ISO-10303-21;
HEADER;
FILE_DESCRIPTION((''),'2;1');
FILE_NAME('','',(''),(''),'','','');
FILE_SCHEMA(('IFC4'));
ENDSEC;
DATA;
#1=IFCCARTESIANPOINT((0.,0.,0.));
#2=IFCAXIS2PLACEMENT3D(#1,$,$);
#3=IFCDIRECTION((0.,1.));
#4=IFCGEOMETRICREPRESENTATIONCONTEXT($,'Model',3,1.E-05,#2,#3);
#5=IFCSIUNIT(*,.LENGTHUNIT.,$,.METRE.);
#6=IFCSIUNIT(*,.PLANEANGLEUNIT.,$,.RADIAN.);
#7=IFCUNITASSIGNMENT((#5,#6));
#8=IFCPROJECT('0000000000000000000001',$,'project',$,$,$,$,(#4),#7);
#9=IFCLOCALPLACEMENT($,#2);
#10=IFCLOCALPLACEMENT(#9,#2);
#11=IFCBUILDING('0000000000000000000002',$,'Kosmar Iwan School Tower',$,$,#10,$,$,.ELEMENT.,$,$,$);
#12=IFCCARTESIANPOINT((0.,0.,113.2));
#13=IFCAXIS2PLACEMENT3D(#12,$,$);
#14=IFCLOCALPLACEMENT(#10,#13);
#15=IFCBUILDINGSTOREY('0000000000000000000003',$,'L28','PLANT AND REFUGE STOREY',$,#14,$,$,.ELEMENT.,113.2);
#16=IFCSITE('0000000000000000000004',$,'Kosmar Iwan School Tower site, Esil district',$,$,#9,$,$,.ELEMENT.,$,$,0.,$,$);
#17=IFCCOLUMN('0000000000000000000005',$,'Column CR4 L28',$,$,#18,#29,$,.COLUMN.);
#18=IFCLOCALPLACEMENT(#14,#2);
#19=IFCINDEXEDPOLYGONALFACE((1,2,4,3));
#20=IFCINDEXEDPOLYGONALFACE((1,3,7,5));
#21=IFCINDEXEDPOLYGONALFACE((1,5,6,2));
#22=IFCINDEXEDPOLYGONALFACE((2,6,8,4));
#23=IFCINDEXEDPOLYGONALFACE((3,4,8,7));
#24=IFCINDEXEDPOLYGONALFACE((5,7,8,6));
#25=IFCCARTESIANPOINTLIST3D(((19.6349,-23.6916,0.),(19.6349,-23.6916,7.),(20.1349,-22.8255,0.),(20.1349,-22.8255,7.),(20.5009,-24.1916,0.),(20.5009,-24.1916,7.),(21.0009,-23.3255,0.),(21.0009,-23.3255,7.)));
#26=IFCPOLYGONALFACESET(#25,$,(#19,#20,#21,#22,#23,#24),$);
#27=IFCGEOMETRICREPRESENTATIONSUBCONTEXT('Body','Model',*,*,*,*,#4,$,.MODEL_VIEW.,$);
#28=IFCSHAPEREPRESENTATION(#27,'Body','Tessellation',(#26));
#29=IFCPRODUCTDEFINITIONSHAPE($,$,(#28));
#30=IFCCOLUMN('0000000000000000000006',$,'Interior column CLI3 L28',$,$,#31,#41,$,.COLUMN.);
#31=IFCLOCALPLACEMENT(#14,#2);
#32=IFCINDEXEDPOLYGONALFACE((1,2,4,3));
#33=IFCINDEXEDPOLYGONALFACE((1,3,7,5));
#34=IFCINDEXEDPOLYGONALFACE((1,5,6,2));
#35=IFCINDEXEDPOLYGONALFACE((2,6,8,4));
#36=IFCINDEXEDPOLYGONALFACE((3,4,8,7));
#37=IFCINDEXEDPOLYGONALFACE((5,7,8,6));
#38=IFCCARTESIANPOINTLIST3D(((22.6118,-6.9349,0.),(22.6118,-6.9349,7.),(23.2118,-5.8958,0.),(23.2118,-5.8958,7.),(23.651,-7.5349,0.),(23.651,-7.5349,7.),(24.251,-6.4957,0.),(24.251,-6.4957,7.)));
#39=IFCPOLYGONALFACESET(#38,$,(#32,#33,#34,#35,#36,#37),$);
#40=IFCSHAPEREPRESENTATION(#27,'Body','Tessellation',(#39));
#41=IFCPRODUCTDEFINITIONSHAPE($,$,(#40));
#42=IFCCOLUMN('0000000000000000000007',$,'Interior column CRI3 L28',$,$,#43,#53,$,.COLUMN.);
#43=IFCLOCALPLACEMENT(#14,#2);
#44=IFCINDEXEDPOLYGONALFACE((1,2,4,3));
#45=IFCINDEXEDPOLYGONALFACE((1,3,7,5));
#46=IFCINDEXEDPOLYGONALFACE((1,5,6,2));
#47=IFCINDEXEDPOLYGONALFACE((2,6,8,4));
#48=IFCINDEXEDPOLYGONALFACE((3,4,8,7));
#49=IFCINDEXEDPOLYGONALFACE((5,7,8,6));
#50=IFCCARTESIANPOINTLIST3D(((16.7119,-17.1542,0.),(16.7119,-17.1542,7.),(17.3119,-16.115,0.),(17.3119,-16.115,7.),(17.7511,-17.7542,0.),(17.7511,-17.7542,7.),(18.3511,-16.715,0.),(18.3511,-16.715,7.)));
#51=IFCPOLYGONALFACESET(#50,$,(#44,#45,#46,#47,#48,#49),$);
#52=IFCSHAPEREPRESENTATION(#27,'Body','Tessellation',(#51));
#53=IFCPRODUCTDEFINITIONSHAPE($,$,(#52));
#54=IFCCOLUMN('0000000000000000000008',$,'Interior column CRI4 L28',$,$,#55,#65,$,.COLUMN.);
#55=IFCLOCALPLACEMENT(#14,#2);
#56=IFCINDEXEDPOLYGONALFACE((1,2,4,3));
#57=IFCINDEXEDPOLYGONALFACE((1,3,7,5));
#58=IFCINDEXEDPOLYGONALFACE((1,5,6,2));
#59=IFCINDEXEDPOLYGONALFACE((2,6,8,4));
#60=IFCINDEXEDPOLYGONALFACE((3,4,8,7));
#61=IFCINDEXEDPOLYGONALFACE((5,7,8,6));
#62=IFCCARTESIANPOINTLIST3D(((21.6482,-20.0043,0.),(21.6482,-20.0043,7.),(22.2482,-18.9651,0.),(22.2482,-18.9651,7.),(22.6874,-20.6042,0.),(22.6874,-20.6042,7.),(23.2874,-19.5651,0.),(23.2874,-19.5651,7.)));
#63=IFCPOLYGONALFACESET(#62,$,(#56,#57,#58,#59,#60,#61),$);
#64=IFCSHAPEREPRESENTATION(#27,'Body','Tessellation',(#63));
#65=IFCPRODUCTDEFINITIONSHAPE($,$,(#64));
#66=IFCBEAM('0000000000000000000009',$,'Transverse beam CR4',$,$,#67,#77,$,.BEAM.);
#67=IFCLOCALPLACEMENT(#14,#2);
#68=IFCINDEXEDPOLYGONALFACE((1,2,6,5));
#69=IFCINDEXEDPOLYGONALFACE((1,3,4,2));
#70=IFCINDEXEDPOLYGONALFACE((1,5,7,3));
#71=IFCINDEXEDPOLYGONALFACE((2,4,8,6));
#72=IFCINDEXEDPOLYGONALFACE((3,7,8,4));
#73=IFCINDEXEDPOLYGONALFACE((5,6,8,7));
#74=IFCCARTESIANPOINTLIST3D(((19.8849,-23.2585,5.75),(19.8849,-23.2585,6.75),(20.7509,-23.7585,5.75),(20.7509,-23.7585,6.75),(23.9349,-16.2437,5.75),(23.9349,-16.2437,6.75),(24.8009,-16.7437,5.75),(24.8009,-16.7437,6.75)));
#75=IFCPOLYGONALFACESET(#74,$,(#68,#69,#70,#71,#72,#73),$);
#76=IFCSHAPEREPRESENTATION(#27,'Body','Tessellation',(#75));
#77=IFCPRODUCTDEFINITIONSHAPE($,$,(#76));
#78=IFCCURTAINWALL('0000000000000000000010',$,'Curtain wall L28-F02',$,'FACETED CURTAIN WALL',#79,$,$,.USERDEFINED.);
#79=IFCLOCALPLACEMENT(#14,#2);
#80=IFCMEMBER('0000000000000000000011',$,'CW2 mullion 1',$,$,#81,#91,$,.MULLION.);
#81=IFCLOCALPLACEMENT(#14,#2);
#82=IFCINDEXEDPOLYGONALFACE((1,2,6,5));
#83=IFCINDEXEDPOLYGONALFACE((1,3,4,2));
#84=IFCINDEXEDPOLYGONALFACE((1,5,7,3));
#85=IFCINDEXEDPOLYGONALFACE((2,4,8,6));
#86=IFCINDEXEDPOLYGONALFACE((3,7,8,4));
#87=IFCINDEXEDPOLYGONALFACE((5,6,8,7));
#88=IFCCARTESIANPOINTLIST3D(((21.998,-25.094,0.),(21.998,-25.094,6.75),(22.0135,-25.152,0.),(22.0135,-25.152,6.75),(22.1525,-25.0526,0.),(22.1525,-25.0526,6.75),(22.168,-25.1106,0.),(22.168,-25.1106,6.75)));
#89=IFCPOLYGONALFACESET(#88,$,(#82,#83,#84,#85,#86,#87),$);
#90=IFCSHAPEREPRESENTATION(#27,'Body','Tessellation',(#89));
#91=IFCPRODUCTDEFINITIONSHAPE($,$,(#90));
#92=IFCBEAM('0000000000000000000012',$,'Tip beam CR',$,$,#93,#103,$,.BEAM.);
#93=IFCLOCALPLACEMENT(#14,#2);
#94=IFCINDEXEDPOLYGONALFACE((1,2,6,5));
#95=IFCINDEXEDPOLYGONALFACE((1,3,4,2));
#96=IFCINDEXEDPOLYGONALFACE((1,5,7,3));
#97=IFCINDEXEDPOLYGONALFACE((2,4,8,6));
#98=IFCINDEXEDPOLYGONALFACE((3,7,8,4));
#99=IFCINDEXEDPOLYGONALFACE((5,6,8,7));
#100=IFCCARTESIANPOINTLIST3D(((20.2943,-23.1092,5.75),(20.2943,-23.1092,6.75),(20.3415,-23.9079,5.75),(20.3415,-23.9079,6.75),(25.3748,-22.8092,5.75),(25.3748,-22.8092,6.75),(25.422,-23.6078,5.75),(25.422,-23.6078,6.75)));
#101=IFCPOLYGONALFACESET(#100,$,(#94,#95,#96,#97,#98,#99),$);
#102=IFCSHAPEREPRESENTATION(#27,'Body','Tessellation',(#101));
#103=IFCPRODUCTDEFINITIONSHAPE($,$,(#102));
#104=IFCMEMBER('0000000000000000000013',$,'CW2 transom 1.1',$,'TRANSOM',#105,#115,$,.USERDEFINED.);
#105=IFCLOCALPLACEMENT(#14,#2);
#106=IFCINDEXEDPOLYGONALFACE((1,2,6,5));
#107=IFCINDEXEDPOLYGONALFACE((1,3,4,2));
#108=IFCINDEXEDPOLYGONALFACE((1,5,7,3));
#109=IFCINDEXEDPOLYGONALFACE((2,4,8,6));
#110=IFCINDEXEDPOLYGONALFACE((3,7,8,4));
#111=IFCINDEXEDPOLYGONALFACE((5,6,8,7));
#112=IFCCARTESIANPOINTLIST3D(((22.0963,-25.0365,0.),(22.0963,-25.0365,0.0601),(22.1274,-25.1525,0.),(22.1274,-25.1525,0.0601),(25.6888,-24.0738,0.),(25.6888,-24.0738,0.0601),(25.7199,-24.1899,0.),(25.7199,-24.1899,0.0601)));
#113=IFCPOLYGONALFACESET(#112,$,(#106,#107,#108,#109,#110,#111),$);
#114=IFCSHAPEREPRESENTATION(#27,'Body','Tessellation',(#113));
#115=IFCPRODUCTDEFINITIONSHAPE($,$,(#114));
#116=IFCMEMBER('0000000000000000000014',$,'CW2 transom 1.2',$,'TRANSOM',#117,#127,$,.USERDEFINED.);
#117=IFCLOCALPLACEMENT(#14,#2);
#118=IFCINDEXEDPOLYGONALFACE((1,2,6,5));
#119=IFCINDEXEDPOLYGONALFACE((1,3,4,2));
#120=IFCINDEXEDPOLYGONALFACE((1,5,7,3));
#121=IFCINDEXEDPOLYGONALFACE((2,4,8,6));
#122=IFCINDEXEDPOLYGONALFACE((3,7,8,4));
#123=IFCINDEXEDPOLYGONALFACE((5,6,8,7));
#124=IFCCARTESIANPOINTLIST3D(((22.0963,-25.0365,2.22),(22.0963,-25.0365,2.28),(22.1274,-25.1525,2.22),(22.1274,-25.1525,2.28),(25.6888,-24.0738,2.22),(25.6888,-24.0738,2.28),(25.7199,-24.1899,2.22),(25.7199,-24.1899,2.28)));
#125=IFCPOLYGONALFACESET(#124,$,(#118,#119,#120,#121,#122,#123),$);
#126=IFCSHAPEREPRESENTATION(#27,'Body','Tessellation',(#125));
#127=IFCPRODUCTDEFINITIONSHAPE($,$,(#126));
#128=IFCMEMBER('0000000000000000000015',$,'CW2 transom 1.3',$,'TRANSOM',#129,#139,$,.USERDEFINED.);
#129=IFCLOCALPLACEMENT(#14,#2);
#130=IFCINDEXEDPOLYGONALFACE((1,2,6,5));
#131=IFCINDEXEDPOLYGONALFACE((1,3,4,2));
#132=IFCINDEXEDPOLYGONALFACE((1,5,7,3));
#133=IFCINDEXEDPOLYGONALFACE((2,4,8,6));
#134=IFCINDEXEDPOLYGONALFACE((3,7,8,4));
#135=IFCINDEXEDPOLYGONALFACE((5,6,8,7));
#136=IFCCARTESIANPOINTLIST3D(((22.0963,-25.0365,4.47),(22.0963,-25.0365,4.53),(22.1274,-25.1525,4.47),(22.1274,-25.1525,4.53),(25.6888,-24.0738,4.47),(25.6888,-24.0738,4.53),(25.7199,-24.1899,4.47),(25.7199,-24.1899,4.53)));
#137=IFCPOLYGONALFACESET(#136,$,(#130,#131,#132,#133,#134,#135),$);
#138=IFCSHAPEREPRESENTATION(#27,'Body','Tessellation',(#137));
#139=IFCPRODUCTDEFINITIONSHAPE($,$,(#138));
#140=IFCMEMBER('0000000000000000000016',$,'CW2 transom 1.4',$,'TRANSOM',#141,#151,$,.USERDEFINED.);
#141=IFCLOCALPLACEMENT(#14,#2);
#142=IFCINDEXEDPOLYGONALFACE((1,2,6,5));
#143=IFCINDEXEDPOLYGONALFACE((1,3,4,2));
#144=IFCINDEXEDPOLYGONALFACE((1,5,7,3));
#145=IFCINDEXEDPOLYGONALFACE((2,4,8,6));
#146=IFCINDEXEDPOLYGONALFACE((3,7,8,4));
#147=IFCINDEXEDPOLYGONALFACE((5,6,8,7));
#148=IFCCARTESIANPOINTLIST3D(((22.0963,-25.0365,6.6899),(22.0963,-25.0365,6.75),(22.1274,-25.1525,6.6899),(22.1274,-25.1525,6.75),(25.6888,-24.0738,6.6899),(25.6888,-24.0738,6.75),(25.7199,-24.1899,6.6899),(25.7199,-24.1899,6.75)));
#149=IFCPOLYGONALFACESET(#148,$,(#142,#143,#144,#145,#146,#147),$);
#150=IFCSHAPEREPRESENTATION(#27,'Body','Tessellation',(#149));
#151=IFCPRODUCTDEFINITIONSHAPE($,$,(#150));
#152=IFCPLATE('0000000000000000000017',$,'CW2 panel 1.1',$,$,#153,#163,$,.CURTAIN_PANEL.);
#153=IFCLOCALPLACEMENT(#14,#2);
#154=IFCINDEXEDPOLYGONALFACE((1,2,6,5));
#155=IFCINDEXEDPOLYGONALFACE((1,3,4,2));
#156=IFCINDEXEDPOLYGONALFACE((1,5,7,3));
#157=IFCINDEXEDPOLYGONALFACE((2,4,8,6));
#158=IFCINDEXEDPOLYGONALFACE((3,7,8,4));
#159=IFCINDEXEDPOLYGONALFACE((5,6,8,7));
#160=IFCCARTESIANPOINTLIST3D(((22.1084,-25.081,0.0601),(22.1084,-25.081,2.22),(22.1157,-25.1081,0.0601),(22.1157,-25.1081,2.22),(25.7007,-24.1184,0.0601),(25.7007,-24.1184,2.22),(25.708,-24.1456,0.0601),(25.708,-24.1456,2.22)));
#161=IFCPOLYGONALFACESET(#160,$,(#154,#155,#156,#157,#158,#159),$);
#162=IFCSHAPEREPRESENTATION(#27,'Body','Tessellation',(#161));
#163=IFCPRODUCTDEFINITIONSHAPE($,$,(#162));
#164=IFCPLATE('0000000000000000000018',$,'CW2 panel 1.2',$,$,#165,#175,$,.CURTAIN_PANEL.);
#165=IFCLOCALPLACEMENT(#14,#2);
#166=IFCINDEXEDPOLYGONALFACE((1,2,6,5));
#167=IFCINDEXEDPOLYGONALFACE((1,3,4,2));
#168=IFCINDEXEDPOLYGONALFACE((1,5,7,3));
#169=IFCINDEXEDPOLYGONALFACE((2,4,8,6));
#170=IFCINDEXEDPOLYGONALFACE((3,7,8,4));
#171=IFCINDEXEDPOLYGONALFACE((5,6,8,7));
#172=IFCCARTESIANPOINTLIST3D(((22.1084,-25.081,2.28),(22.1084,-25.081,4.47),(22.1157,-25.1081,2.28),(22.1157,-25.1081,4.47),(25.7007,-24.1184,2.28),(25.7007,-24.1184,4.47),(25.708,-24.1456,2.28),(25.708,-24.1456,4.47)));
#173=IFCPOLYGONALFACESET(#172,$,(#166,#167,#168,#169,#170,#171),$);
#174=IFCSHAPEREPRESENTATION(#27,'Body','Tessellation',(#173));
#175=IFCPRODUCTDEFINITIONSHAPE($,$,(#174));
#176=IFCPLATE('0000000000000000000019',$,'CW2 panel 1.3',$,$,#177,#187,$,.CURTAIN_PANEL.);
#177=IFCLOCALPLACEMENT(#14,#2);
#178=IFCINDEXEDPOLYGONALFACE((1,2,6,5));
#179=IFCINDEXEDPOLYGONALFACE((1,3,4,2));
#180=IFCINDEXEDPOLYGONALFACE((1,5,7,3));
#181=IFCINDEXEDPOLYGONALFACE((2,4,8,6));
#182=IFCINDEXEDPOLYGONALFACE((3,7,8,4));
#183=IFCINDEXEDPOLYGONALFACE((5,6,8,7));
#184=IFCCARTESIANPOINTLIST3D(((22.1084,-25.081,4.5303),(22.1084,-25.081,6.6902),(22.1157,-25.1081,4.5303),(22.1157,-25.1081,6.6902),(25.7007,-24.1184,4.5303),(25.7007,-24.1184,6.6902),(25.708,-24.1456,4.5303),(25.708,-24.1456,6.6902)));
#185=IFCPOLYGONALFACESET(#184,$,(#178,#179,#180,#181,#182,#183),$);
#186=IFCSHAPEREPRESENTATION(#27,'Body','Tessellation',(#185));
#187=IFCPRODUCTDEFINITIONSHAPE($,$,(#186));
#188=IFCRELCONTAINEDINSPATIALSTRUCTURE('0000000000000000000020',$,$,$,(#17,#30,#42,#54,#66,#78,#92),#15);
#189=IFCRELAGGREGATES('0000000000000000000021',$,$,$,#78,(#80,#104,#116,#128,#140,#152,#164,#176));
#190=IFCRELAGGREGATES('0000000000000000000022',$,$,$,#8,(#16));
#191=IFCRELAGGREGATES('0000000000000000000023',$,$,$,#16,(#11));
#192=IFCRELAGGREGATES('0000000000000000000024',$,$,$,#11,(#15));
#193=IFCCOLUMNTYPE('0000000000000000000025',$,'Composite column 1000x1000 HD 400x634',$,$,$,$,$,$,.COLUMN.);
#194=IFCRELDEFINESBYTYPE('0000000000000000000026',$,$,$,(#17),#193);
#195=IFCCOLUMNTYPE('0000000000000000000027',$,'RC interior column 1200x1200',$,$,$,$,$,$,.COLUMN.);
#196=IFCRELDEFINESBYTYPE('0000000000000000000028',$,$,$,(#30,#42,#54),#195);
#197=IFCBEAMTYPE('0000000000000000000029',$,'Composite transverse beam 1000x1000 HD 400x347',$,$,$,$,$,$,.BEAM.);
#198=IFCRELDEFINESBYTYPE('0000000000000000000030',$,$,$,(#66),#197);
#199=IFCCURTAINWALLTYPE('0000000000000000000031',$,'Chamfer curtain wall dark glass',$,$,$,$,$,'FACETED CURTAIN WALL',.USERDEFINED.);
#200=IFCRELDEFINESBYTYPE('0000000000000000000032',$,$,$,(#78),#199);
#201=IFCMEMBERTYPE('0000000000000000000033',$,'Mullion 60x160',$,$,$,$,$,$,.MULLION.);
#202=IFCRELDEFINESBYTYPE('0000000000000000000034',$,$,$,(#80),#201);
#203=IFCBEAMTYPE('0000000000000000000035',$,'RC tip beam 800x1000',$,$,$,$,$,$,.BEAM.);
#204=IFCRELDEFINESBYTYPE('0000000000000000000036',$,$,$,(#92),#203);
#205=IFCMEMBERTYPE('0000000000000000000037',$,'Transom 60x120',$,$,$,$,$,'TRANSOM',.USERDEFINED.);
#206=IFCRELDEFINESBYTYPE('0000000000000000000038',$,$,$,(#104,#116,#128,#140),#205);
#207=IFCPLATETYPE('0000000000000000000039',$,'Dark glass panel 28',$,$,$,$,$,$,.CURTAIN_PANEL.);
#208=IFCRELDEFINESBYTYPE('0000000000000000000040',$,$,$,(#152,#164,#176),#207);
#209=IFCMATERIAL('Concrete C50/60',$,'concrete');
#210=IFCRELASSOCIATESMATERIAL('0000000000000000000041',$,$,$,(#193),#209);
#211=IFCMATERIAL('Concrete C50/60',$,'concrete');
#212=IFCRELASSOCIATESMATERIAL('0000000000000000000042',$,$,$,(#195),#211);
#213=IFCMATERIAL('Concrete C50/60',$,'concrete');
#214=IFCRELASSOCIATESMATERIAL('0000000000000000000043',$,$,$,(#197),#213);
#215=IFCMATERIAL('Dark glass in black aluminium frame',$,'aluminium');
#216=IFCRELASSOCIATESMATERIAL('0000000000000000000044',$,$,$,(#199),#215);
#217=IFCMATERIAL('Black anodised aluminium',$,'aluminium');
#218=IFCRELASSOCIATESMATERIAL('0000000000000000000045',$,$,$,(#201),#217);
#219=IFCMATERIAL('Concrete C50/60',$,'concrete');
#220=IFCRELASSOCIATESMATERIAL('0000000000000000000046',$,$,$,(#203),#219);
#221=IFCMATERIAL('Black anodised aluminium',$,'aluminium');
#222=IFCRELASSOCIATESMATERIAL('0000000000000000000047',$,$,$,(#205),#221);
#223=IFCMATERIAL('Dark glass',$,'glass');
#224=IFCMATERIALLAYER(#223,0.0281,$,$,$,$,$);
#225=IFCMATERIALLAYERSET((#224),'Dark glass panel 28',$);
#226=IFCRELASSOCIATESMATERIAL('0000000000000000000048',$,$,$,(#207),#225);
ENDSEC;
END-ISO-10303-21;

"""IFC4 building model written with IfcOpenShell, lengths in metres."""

from ifc_helpers import new_model, si_unit, direction, frame, origin, origin_2d, place, context, subcontext, project, spatial, rectangle, extrude, material, layer, layer_set, material_profile, profile_set, type_object, element, aggregate, save


model = new_model("IFC4")

# Units and contexts
model_context = context("Model", 3, precision=1e-05, world=origin(), true_north=direction((0.0, 1.0)))
body_context = subcontext(model_context, "Body", "Model", "MODEL_VIEW")
ifc_project = project(units=[si_unit("LENGTHUNIT", "METRE"), si_unit("PLANEANGLEUNIT", "RADIAN")], contexts=[model_context])

# Site, building, storey
site_placement = place(None, origin())
site = spatial("IfcSite", under=ifc_project, at=site_placement, Name="Kosmar Iwan School Tower site, Esil district", CompositionType="ELEMENT", RefElevation=0.0)
building_placement = place(site_placement, origin())
building = spatial("IfcBuilding", under=site, at=building_placement, Name="Kosmar Iwan School Tower", CompositionType="ELEMENT")
storey_placement = place(building_placement, frame((0.0, 0.0, 113.2)))
storey = spatial("IfcBuildingStorey", under=building, at=storey_placement, Name="L28", Description="PLANT AND REFUGE STOREY", CompositionType="ELEMENT", Elevation=113.2)

# Columns
ifc_material_1 = material(Name="Concrete C50/60", Category="concrete")
ifc_material_profile_1 = material_profile(ifc_material_1, rectangle(XDim=1.0, YDim=1.0, at=origin_2d()), Name="RC 1000x1000 + HD 400x634")
ifc_profile_set_1 = profile_set([ifc_material_profile_1], Name="Concrete C50/60")
column_type_1 = type_object("IfcColumnType", Name="Composite column 1000x1000 HD 400x634", PredefinedType="COLUMN", material=ifc_profile_set_1)
column_placement = place(storey_placement, frame((20.3179, -23.5085, 0.0), z_axis=(0.0, 0.0, 1.0), x_axis=(0.866025, -0.5, 0.0)))
element("IfcColumn", 1, at=column_placement, inside=storey, type_object=column_type_1, Name="Column CR4 L28", PredefinedType="COLUMN", context=body_context, shape_type="SweptSolid", body=[
    extrude(rectangle(XDim=1.0, YDim=1.0, at=origin_2d()), origin(), (0.0, 0.0, 1.0), 7.0),
])
ifc_material_2 = material(Name="Concrete C50/60", Category="concrete")
ifc_material_profile_2 = material_profile(ifc_material_2, rectangle(XDim=1.2, YDim=1.2, at=origin_2d()), Name="RC 1200x1200")
ifc_profile_set_2 = profile_set([ifc_material_profile_2], Name="Concrete C50/60")
column_type_2 = type_object("IfcColumnType", Name="RC interior column 1200x1200", PredefinedType="COLUMN", material=ifc_profile_set_2)
for number, where, z_axis, x_axis, name in (
    (2, (23.4314, -6.7153, 0.0), (0.0, 0.0, 1.0), (0.866025, -0.5, 0.0), "Interior column CLI3 L28"),
    (3, (17.5315, -16.9346, 0.0), (0.0, 0.0, 1.0), (0.866025, -0.5, 0.0), "Interior column CRI3 L28"),
    (4, (22.4678, -19.7847, 0.0), (0.0, 0.0, 1.0), (0.866025, -0.5, 0.0), "Interior column CRI4 L28"),
):
    element("IfcColumn", number, at=place(storey_placement, frame(where, z_axis=z_axis, x_axis=x_axis)), inside=storey, type_object=column_type_2, Name=name, PredefinedType="COLUMN", context=body_context, shape_type="SweptSolid", body=[
        extrude(rectangle(XDim=1.2, YDim=1.2, at=origin_2d()), origin(), (0.0, 0.0, 1.0), 7.0),
    ])

# Beam
ifc_material_3 = material(Name="Concrete C50/60", Category="concrete")
ifc_material_profile_3 = material_profile(ifc_material_3, rectangle(XDim=1.0, YDim=1.0, at=origin_2d()), Name="RC 1000x1000 + HD 400x347")
ifc_profile_set_3 = profile_set([ifc_material_profile_3], Name="Concrete C50/60")
beam_type_1 = type_object("IfcBeamType", Name="Composite transverse beam 1000x1000 HD 400x347", PredefinedType="BEAM", material=ifc_profile_set_3)
beam_1_placement = place(storey_placement, frame((20.3179, -23.5085, 6.25), z_axis=(0.5, 0.866025, 0.0), x_axis=(-0.866025, 0.5, 0.0)))
element("IfcBeam", 5, at=beam_1_placement, inside=storey, type_object=beam_type_1, Name="Transverse beam CR4", PredefinedType="BEAM", context=body_context, shape_type="SweptSolid", body=[
    extrude(rectangle(XDim=1.0, YDim=1.0, at=origin_2d()), origin(), (0.0, 0.0, 1.0), 8.1001),
])

# Curtain wall, member
ifc_material_4 = material(Name="Dark glass in black aluminium frame", Category="aluminium")
curtain_wall_type = type_object("IfcCurtainWallType", Name="Chamfer curtain wall dark glass", ElementType="FACETED CURTAIN WALL", PredefinedType="USERDEFINED", material=ifc_material_4)
curtain_wall_placement = place(storey_placement, origin())
curtain_wall = element("IfcCurtainWall", 6, at=curtain_wall_placement, inside=storey, type_object=curtain_wall_type, Name="Curtain wall L28-F02", ObjectType="FACETED CURTAIN WALL", PredefinedType="USERDEFINED")
ifc_material_5 = material(Name="Black anodised aluminium", Category="aluminium")
ifc_material_profile_4 = material_profile(ifc_material_5, rectangle(XDim=0.0601, YDim=0.1599, at=origin_2d()), Name="MULLION 60x160")
ifc_profile_set_4 = profile_set([ifc_material_profile_4], Name="Black anodised aluminium")
member_type_1 = type_object("IfcMemberType", Name="Mullion 60x160", PredefinedType="MULLION", material=ifc_profile_set_4)
member_1_placement = place(storey_placement, frame((22.083, -25.1023, 0.0), z_axis=(0.0, 0.0, 1.0), x_axis=(-0.258819, 0.965926, 0.0)))
member_1 = element("IfcMember", 7, at=member_1_placement, type_object=member_type_1, Name="CW2 mullion 1", PredefinedType="MULLION", context=body_context, shape_type="SweptSolid", body=[
    extrude(rectangle(XDim=0.0601, YDim=0.1599, at=origin_2d()), origin(), (0.0, 0.0, 1.0), 6.75),
])

# Beam
ifc_material_6 = material(Name="Concrete C50/60", Category="concrete")
ifc_material_profile_5 = material_profile(ifc_material_6, rectangle(XDim=0.8, YDim=1.0, at=origin_2d()), Name="RC 800x1000")
ifc_profile_set_5 = profile_set([ifc_material_profile_5], Name="Concrete C50/60")
beam_type_2 = type_object("IfcBeamType", Name="RC tip beam 800x1000", PredefinedType="BEAM", material=ifc_profile_set_5)
beam_2_placement = place(storey_placement, frame((20.3179, -23.5085, 6.25), z_axis=(0.998261, 0.058955, 0.0), x_axis=(-0.058955, 0.998261, 0.0)))
element("IfcBeam", 8, at=beam_2_placement, inside=storey, type_object=beam_type_2, Name="Tip beam CR", PredefinedType="BEAM", context=body_context, shape_type="SweptSolid", body=[
    extrude(rectangle(XDim=0.8, YDim=1.0, at=origin_2d()), origin(), (0.0, 0.0, 1.0), 5.0894),
])

# Members
ifc_material_7 = material(Name="Black anodised aluminium", Category="aluminium")
ifc_material_profile_6 = material_profile(ifc_material_7, rectangle(XDim=0.1201, YDim=0.0601, at=origin_2d()), Name="TRANSOM 60x120")
ifc_profile_set_6 = profile_set([ifc_material_profile_6], Name="Black anodised aluminium")
member_type_2 = type_object("IfcMemberType", Name="Transom 60x120", ElementType="TRANSOM", PredefinedType="USERDEFINED", material=ifc_profile_set_6)
member_2_placement = place(storey_placement, frame((22.1118, -25.0945, 0.03), z_axis=(0.965924, 0.258827, 0.0), x_axis=(-0.258827, 0.965924, 0.0)))
member_2 = element("IfcMember", 9, at=member_2_placement, type_object=member_type_2, Name="CW2 transom 1.1", ObjectType="TRANSOM", PredefinedType="USERDEFINED", context=body_context, shape_type="SweptSolid", body=[
    extrude(rectangle(XDim=0.1201, YDim=0.0601, at=origin_2d()), origin(), (0.0, 0.0, 1.0), 3.7192),
])
member_3_placement = place(storey_placement, frame((22.1118, -25.0945, 2.25), z_axis=(0.965924, 0.258827, 0.0), x_axis=(-0.258827, 0.965924, 0.0)))
member_3 = element("IfcMember", 10, at=member_3_placement, type_object=member_type_2, Name="CW2 transom 1.2", ObjectType="TRANSOM", PredefinedType="USERDEFINED", context=body_context, shape_type="SweptSolid", body=[
    extrude(rectangle(XDim=0.1201, YDim=0.0601, at=origin_2d()), origin(), (0.0, 0.0, 1.0), 3.7192),
])
member_4_placement = place(storey_placement, frame((22.1118, -25.0945, 4.5), z_axis=(0.965924, 0.258827, 0.0), x_axis=(-0.258827, 0.965924, 0.0)))
member_4 = element("IfcMember", 11, at=member_4_placement, type_object=member_type_2, Name="CW2 transom 1.3", ObjectType="TRANSOM", PredefinedType="USERDEFINED", context=body_context, shape_type="SweptSolid", body=[
    extrude(rectangle(XDim=0.1201, YDim=0.0601, at=origin_2d()), origin(), (0.0, 0.0, 1.0), 3.7192),
])
member_5_placement = place(storey_placement, frame((22.1118, -25.0945, 6.72), z_axis=(0.965924, 0.258827, 0.0), x_axis=(-0.258827, 0.965924, 0.0)))
member_5 = element("IfcMember", 12, at=member_5_placement, type_object=member_type_2, Name="CW2 transom 1.4", ObjectType="TRANSOM", PredefinedType="USERDEFINED", context=body_context, shape_type="SweptSolid", body=[
    extrude(rectangle(XDim=0.1201, YDim=0.0601, at=origin_2d()), origin(), (0.0, 0.0, 1.0), 3.7192),
])

# Plates
ifc_material_8 = material(Name="Dark glass", Category="glass")
ifc_layer_1 = layer(ifc_material_8, 0.0281)
ifc_layer_set_1 = layer_set([ifc_layer_1], Name="Dark glass panel 28")
plate_type = type_object("IfcPlateType", Name="Dark glass panel 28", PredefinedType="CURTAIN_PANEL", material=ifc_layer_set_1)
plate_1_placement = place(storey_placement, frame((23.9082, -24.6133, 0.0601), z_axis=(0.0, 0.0, 1.0), x_axis=(0.965926, 0.258819, 0.0)))
plate_1 = element("IfcPlate", 13, at=plate_1_placement, type_object=plate_type, Name="CW2 panel 1.1", PredefinedType="CURTAIN_PANEL", context=body_context, shape_type="SweptSolid", body=[
    extrude(rectangle(XDim=3.719, YDim=0.0281, at=origin_2d()), origin(), (0.0, 0.0, 1.0), 2.1599),
])
plate_2_placement = place(storey_placement, frame((23.9082, -24.6133, 2.28), z_axis=(0.0, 0.0, 1.0), x_axis=(0.965926, 0.258819, 0.0)))
plate_2 = element("IfcPlate", 14, at=plate_2_placement, type_object=plate_type, Name="CW2 panel 1.2", PredefinedType="CURTAIN_PANEL", context=body_context, shape_type="SweptSolid", body=[
    extrude(rectangle(XDim=3.719, YDim=0.0281, at=origin_2d()), origin(), (0.0, 0.0, 1.0), 2.1899),
])
plate_3_placement = place(storey_placement, frame((23.9082, -24.6133, 4.5303), z_axis=(0.0, 0.0, 1.0), x_axis=(0.965926, 0.258819, 0.0)))
plate_3 = element("IfcPlate", 15, at=plate_3_placement, type_object=plate_type, Name="CW2 panel 1.3", PredefinedType="CURTAIN_PANEL", context=body_context, shape_type="SweptSolid", body=[
    extrude(rectangle(XDim=3.719, YDim=0.0281, at=origin_2d()), origin(), (0.0, 0.0, 1.0), 2.1599),
])
aggregate(curtain_wall, [member_1, member_2, member_3, member_4, member_5, plate_1, plate_2, plate_3])

save(model, "model.ifc")
